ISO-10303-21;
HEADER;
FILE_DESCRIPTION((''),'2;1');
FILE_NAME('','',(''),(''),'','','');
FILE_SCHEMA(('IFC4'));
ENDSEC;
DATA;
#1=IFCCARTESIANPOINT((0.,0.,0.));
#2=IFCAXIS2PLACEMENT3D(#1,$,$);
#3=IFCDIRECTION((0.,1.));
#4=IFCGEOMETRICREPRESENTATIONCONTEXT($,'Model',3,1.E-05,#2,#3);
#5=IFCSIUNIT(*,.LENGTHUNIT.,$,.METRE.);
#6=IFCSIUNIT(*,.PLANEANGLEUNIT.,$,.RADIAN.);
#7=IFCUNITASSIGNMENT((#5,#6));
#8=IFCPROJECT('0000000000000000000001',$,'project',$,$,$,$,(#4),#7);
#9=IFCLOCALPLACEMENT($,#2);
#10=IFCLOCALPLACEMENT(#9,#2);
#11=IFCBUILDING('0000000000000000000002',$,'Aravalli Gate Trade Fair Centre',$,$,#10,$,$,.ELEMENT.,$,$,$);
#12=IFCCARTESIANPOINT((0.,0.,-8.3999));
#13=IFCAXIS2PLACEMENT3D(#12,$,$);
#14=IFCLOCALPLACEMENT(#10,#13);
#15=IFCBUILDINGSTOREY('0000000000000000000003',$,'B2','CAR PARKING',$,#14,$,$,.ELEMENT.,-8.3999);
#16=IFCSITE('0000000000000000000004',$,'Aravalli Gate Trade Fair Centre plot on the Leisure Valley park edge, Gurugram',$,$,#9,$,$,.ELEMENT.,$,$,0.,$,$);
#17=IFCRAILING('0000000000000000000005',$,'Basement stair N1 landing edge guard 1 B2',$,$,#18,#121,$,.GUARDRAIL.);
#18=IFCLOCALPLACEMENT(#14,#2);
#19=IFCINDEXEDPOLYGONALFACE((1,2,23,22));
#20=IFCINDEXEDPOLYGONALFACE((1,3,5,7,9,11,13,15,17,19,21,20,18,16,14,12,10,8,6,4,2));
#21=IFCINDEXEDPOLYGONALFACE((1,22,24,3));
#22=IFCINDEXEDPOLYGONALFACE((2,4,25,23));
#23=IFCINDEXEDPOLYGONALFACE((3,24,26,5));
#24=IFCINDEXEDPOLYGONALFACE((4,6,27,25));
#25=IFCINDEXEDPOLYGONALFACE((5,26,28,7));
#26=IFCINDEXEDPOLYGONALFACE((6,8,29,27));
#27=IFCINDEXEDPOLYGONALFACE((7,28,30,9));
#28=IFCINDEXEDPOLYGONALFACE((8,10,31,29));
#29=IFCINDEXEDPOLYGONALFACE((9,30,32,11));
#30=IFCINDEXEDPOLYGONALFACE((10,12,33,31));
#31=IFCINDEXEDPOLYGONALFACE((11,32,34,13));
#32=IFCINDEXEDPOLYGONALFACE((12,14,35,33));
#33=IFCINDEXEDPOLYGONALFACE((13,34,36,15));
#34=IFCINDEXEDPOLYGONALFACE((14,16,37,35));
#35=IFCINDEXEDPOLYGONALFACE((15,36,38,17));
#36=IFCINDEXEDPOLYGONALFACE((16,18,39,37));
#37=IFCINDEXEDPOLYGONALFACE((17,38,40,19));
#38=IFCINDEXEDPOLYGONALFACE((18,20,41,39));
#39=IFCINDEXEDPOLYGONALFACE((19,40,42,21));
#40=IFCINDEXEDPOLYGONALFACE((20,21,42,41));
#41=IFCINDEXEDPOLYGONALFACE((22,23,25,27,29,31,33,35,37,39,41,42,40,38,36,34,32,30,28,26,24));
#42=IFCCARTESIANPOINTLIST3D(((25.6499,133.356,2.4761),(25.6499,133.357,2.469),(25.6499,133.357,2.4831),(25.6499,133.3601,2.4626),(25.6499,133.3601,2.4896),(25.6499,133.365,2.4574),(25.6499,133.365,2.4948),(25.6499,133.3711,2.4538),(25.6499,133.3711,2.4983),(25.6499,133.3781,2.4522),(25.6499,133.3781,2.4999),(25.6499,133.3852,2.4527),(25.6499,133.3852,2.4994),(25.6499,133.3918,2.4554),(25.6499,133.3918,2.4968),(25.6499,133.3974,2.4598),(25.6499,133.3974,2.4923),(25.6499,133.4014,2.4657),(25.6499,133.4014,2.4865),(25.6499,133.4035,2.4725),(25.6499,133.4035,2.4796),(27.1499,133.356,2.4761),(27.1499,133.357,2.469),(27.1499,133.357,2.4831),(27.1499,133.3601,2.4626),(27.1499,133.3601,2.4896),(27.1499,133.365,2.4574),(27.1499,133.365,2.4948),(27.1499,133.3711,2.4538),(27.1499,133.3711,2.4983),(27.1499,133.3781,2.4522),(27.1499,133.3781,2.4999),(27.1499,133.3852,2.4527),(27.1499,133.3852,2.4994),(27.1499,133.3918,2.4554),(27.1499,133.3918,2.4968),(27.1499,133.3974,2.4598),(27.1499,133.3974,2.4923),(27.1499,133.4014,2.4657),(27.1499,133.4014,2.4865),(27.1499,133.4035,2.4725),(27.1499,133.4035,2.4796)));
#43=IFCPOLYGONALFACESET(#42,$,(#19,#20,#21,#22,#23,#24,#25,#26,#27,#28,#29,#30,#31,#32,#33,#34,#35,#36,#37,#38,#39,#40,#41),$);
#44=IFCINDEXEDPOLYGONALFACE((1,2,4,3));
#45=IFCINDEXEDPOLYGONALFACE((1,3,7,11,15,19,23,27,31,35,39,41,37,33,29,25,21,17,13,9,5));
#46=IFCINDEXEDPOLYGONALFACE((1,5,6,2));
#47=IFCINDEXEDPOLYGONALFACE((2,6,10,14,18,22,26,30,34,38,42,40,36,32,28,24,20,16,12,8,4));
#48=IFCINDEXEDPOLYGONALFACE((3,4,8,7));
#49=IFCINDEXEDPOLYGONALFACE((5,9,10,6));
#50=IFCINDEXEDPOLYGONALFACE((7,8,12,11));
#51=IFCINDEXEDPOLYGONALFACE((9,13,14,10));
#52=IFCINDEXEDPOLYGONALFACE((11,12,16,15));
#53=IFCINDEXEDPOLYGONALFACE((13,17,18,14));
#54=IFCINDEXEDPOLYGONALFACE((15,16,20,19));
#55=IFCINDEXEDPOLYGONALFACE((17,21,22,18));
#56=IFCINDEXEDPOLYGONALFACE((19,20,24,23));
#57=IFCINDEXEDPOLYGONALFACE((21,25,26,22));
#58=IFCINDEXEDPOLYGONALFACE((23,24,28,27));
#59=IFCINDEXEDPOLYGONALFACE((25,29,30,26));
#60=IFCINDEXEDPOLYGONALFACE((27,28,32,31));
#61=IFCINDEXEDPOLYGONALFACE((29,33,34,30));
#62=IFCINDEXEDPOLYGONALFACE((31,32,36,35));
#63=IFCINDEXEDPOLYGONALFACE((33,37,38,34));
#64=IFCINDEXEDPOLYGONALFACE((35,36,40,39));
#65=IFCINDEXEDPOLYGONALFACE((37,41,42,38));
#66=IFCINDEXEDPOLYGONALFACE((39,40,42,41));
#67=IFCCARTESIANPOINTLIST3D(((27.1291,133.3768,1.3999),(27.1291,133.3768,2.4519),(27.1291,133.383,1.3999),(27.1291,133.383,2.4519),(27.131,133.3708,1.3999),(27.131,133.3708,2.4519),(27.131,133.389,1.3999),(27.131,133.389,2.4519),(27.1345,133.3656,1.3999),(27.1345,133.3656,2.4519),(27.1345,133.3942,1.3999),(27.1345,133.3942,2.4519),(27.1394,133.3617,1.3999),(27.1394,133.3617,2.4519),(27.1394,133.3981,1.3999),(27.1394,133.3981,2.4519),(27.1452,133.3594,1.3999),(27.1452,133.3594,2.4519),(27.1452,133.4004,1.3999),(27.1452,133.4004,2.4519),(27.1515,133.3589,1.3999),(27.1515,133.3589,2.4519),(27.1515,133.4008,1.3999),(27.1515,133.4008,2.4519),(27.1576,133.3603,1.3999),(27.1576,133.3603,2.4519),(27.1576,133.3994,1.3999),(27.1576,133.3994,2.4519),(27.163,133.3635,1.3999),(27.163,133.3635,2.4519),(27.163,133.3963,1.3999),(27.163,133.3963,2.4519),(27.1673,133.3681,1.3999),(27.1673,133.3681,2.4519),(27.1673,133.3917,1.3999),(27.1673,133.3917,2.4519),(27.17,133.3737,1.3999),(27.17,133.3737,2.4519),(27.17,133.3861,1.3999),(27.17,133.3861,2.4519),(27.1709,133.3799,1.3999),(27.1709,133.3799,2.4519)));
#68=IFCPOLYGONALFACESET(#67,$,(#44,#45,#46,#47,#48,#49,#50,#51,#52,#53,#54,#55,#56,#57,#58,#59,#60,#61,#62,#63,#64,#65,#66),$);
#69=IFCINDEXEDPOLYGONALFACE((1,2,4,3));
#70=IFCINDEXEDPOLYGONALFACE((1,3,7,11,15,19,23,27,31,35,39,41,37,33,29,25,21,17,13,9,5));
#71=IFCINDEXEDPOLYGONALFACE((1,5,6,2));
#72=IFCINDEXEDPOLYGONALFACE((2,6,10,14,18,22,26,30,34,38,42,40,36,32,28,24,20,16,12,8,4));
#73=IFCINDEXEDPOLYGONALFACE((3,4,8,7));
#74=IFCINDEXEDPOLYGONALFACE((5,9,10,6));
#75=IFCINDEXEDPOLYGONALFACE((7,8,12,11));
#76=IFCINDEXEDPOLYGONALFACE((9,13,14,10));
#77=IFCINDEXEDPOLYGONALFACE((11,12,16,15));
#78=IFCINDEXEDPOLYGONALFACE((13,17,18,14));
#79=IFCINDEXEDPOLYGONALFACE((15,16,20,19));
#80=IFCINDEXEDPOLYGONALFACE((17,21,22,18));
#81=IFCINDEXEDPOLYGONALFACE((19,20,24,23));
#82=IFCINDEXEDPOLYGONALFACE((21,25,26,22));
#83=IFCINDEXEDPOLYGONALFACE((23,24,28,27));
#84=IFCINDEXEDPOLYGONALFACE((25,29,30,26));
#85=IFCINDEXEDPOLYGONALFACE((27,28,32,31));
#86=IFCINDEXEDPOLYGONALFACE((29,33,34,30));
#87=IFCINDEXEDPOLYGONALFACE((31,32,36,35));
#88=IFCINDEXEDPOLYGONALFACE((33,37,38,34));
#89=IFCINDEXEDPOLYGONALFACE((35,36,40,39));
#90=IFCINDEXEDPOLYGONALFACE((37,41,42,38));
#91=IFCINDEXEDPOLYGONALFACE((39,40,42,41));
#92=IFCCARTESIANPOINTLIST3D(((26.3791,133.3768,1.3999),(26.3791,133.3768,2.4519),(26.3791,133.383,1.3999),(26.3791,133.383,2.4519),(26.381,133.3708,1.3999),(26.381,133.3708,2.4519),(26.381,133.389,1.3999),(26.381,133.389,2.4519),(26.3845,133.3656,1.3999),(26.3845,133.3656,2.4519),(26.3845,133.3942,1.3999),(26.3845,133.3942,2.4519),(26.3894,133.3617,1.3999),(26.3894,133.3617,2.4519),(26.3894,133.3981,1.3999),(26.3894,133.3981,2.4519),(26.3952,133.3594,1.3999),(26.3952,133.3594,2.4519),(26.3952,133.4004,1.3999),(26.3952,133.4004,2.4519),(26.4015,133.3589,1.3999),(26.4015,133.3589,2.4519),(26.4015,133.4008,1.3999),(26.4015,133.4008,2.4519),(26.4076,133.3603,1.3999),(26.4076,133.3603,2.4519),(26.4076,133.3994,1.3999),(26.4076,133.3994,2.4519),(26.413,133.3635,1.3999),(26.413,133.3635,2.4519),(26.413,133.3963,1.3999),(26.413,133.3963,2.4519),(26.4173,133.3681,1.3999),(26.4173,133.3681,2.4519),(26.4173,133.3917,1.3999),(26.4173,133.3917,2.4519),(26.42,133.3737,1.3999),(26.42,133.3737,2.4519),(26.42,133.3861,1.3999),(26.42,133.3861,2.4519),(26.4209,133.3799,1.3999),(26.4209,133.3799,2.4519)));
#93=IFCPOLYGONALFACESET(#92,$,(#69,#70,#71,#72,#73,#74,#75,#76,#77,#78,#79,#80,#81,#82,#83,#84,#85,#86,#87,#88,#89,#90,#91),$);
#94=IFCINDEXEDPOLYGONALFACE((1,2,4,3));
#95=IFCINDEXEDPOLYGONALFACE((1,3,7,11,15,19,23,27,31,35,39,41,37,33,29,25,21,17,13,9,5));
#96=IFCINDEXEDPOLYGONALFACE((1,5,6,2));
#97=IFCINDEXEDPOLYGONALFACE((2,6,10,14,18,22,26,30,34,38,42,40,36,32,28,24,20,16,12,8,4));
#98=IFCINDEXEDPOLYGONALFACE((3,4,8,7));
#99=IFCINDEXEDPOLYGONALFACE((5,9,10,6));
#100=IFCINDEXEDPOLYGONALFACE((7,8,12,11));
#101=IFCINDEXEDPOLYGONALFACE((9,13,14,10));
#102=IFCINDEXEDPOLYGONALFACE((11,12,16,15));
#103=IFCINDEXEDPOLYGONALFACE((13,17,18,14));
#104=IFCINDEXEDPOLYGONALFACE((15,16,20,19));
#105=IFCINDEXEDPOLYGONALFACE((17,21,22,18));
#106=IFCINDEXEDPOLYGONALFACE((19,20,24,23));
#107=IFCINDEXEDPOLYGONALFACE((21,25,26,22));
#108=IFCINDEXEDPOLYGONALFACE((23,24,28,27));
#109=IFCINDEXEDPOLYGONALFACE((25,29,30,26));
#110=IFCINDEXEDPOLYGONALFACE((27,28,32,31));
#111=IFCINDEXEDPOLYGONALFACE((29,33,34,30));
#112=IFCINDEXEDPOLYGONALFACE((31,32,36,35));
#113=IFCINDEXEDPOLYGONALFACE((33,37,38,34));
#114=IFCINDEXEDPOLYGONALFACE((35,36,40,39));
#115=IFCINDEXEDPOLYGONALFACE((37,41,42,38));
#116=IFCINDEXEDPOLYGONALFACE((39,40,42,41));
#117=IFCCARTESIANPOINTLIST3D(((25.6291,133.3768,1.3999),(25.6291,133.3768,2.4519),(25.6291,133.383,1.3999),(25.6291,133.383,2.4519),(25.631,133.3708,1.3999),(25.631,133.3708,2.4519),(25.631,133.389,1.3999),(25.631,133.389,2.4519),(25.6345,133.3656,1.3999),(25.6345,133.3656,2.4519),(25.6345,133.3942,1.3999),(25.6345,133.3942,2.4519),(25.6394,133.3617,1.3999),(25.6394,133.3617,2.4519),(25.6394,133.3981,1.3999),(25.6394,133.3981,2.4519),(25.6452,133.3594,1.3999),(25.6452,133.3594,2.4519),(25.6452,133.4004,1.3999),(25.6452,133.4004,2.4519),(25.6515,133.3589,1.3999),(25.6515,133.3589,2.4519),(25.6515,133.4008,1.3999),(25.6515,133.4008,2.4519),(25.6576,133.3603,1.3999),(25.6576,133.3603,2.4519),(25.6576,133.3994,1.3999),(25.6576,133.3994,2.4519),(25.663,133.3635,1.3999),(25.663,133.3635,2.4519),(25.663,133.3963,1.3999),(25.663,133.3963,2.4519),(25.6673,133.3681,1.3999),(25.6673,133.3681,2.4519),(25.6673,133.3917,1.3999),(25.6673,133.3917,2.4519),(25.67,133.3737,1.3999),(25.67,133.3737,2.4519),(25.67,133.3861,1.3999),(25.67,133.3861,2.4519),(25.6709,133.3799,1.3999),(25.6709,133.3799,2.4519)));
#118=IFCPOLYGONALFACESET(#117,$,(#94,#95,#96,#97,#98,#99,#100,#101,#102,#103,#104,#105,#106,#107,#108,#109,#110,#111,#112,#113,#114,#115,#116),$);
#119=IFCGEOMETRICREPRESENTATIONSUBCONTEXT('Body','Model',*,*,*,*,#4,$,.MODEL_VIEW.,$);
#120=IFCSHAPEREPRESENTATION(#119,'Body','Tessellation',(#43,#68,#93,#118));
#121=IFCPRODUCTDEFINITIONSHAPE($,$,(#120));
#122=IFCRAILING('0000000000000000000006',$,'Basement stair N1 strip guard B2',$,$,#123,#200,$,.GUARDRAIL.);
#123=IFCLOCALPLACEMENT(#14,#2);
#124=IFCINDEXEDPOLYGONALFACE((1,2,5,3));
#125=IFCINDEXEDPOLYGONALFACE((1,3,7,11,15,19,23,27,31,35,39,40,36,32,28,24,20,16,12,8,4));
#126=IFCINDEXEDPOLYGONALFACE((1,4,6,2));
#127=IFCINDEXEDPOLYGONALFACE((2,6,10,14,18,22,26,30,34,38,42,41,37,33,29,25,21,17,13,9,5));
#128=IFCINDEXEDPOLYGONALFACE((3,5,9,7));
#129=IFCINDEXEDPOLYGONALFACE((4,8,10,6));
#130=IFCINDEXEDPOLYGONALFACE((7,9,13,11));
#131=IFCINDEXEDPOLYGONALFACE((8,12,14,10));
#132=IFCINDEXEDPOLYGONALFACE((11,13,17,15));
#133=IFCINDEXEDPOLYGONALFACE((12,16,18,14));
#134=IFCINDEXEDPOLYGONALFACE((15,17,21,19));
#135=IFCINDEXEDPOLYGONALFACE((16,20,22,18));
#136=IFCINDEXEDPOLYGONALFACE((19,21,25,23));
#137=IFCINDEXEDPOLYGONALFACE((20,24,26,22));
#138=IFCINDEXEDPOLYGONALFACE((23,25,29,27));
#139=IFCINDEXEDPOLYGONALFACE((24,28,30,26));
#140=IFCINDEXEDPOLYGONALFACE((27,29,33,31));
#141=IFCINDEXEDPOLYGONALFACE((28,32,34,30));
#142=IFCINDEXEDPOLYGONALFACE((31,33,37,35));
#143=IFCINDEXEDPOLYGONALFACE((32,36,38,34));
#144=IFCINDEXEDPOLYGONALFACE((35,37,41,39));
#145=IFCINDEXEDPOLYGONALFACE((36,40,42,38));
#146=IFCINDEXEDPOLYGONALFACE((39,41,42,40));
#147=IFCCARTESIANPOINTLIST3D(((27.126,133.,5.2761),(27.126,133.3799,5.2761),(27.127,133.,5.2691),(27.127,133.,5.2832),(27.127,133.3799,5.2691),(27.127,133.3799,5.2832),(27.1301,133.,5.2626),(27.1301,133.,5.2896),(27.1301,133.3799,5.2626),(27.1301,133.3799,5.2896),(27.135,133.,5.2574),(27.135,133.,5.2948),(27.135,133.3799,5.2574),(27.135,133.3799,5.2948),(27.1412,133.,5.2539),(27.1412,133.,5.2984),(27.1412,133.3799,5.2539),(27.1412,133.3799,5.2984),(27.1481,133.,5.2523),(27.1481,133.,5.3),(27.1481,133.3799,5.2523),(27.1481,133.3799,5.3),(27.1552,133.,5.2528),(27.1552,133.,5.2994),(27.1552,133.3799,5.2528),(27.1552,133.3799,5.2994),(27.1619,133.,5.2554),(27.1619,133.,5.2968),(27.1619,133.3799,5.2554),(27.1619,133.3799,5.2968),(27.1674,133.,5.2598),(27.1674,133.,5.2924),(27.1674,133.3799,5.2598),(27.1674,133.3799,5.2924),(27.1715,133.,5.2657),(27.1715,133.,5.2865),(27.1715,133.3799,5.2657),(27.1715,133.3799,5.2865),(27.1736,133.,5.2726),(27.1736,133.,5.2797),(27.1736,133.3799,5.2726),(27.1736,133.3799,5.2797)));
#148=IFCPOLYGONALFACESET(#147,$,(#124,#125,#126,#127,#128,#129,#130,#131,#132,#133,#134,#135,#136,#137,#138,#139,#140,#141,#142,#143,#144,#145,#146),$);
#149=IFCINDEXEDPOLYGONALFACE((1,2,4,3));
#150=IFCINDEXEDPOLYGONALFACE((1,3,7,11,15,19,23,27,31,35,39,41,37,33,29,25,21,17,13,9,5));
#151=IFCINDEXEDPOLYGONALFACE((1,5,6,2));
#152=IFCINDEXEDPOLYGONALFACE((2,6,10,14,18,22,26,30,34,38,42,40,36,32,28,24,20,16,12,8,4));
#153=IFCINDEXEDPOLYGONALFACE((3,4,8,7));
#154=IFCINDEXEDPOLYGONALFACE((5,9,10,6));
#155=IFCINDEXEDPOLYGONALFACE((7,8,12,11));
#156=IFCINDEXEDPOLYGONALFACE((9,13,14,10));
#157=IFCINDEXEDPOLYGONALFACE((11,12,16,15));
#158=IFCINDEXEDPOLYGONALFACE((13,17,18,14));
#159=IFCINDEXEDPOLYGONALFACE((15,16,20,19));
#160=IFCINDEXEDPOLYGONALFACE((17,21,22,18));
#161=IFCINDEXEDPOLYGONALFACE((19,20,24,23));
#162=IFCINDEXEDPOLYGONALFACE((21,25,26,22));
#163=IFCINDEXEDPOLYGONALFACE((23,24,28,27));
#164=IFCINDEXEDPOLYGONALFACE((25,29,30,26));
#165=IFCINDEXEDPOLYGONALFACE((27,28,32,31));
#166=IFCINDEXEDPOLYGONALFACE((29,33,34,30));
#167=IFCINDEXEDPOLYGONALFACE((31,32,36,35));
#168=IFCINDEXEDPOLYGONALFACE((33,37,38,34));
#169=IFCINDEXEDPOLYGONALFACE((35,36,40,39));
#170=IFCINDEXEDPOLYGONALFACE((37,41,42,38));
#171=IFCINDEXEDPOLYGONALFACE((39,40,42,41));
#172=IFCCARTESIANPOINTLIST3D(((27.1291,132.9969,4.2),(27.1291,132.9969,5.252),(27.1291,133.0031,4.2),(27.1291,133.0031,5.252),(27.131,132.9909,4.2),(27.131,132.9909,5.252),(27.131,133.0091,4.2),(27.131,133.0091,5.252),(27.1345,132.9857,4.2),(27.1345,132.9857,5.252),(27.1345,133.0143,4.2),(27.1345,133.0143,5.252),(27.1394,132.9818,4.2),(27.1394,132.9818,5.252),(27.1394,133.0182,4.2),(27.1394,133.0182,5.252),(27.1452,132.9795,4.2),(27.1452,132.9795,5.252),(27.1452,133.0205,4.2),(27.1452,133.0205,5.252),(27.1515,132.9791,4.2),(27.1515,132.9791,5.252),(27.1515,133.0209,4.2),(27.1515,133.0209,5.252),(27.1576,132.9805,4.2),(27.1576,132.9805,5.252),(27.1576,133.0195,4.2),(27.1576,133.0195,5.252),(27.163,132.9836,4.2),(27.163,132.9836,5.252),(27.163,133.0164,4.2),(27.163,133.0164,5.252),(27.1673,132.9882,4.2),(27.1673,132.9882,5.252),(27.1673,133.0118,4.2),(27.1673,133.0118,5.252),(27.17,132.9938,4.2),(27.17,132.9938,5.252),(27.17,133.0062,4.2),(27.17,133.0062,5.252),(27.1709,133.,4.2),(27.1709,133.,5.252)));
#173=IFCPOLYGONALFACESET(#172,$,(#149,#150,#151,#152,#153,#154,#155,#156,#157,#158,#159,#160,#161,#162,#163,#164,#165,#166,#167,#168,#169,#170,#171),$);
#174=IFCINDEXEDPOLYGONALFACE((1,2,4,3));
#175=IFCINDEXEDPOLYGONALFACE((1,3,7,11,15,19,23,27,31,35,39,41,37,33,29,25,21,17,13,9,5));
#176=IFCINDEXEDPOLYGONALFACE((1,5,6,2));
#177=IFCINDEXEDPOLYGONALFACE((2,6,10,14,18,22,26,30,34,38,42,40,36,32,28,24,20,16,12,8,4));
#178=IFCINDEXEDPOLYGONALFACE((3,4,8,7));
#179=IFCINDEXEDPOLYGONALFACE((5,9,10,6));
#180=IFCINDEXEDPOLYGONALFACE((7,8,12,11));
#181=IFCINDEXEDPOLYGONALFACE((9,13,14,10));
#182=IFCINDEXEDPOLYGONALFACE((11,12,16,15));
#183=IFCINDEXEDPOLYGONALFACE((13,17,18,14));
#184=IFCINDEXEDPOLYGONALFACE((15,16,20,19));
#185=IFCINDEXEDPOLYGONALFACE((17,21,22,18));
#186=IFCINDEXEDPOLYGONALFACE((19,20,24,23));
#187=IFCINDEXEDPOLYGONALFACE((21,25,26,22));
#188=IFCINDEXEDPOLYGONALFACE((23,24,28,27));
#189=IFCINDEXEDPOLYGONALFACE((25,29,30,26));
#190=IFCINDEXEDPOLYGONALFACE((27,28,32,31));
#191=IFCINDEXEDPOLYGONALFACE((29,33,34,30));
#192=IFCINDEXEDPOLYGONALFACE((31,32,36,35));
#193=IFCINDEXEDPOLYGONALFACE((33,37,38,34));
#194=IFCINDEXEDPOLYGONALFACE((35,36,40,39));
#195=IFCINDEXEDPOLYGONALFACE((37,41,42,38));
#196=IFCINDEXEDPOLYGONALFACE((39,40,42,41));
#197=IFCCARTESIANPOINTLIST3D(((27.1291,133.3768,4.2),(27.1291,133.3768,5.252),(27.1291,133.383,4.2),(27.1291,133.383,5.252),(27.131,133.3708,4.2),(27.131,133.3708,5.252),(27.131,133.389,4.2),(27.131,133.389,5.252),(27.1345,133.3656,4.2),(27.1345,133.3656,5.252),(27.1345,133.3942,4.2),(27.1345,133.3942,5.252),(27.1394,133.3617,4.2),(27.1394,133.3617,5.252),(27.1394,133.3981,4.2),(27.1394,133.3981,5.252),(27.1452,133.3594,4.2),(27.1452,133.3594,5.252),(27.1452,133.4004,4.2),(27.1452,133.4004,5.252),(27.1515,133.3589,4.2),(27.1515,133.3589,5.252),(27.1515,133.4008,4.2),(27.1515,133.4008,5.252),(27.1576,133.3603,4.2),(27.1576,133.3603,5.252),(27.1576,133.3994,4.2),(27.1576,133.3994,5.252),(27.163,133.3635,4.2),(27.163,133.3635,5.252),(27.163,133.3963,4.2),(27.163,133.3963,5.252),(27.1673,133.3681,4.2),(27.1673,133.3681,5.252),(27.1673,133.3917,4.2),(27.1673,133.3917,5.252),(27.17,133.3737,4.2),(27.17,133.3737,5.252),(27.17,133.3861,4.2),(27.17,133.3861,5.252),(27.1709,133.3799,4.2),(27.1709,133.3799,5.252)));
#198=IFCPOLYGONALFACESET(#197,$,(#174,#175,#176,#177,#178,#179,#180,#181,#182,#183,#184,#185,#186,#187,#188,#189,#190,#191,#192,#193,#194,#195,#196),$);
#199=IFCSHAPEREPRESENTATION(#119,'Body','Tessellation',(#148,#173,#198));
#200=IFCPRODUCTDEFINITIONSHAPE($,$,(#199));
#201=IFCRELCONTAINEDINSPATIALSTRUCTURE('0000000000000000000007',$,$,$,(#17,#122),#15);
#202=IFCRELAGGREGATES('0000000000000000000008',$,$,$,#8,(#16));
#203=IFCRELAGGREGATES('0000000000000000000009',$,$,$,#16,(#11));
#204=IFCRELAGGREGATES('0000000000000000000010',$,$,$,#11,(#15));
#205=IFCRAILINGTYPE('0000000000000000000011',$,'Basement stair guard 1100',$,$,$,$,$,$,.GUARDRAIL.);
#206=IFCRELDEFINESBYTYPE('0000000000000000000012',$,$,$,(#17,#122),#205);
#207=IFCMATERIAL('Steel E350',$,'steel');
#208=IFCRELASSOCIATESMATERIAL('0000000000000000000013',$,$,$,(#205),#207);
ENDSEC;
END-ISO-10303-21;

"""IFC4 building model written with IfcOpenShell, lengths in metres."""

from ifc_helpers import new_model, si_unit, direction, frame, origin, origin_2d, place, context, subcontext, project, spatial, circle, extrude, material, type_object, element, save


model = new_model("IFC4")

# Units and contexts
model_context = context("Model", 3, precision=1e-05, world=origin(), true_north=direction((0.0, 1.0)))
body_context = subcontext(model_context, "Body", "Model", "MODEL_VIEW")
ifc_project = project(units=[si_unit("LENGTHUNIT", "METRE"), si_unit("PLANEANGLEUNIT", "RADIAN")], contexts=[model_context])

# Site, building, storey
site_placement = place(None, origin())
site = spatial("IfcSite", under=ifc_project, at=site_placement, Name="Aravalli Gate Trade Fair Centre plot on the Leisure Valley park edge, Gurugram", CompositionType="ELEMENT", RefElevation=0.0)
building_placement = place(site_placement, origin())
building = spatial("IfcBuilding", under=site, at=building_placement, Name="Aravalli Gate Trade Fair Centre", CompositionType="ELEMENT")
storey_placement = place(building_placement, frame((0.0, 0.0, -8.3999)))
storey = spatial("IfcBuildingStorey", under=building, at=storey_placement, Name="B2", Description="CAR PARKING", CompositionType="ELEMENT", Elevation=-8.3999)

# Railings
ifc_material_1 = material(Name="Steel E350", Category="steel")
railing_type_1 = type_object("IfcRailingType", Name="Basement stair guard 1100", PredefinedType="GUARDRAIL", material=ifc_material_1)
railing_1_placement = place(storey_placement, frame((27.1499, 133.3799, 1.3999)))
element("IfcRailing", 1, at=railing_1_placement, inside=storey, type_object=railing_type_1, Name="Basement stair N1 landing edge guard 1 B2", PredefinedType="GUARDRAIL", context=body_context, shape_type="SweptSolid", body=[
    extrude(circle(Radius=0.0239, at=origin_2d()), frame((0.0, 0.0, 1.0762), z_axis=(-1.0, 0.0, 0.0), x_axis=(0.0, -1.0, 0.0)), (0.0, 0.0, 1.0), 1.5),
    extrude(circle(Radius=0.021, at=origin_2d()), origin(), (0.0, 0.0, 1.0), 1.052),
    extrude(circle(Radius=0.021, at=origin_2d()), frame((-0.75, 0.0, 0.0)), (0.0, 0.0, 1.0), 1.052),
    extrude(circle(Radius=0.021, at=origin_2d()), frame((-1.5, 0.0, 0.0)), (0.0, 0.0, 1.0), 1.052),
])
railing_2_placement = place(storey_placement, frame((27.1499, 133.0, 4.2)))
element("IfcRailing", 2, at=railing_2_placement, inside=storey, type_object=railing_type_1, Name="Basement stair N1 strip guard B2", PredefinedType="GUARDRAIL", context=body_context, shape_type="SweptSolid", body=[
    extrude(circle(Radius=0.0239, at=origin_2d()), frame((0.0, 0.0, 1.0762), z_axis=(0.0, 1.0, 0.0), x_axis=(-1.0, 0.0, 0.0)), (0.0, 0.0, 1.0), 0.3799),
    extrude(circle(Radius=0.021, at=origin_2d()), origin(), (0.0, 0.0, 1.0), 1.052),
    extrude(circle(Radius=0.021, at=origin_2d()), frame((0.0, 0.3799, 0.0)), (0.0, 0.0, 1.0), 1.052),
])

save(model, "model.ifc")
